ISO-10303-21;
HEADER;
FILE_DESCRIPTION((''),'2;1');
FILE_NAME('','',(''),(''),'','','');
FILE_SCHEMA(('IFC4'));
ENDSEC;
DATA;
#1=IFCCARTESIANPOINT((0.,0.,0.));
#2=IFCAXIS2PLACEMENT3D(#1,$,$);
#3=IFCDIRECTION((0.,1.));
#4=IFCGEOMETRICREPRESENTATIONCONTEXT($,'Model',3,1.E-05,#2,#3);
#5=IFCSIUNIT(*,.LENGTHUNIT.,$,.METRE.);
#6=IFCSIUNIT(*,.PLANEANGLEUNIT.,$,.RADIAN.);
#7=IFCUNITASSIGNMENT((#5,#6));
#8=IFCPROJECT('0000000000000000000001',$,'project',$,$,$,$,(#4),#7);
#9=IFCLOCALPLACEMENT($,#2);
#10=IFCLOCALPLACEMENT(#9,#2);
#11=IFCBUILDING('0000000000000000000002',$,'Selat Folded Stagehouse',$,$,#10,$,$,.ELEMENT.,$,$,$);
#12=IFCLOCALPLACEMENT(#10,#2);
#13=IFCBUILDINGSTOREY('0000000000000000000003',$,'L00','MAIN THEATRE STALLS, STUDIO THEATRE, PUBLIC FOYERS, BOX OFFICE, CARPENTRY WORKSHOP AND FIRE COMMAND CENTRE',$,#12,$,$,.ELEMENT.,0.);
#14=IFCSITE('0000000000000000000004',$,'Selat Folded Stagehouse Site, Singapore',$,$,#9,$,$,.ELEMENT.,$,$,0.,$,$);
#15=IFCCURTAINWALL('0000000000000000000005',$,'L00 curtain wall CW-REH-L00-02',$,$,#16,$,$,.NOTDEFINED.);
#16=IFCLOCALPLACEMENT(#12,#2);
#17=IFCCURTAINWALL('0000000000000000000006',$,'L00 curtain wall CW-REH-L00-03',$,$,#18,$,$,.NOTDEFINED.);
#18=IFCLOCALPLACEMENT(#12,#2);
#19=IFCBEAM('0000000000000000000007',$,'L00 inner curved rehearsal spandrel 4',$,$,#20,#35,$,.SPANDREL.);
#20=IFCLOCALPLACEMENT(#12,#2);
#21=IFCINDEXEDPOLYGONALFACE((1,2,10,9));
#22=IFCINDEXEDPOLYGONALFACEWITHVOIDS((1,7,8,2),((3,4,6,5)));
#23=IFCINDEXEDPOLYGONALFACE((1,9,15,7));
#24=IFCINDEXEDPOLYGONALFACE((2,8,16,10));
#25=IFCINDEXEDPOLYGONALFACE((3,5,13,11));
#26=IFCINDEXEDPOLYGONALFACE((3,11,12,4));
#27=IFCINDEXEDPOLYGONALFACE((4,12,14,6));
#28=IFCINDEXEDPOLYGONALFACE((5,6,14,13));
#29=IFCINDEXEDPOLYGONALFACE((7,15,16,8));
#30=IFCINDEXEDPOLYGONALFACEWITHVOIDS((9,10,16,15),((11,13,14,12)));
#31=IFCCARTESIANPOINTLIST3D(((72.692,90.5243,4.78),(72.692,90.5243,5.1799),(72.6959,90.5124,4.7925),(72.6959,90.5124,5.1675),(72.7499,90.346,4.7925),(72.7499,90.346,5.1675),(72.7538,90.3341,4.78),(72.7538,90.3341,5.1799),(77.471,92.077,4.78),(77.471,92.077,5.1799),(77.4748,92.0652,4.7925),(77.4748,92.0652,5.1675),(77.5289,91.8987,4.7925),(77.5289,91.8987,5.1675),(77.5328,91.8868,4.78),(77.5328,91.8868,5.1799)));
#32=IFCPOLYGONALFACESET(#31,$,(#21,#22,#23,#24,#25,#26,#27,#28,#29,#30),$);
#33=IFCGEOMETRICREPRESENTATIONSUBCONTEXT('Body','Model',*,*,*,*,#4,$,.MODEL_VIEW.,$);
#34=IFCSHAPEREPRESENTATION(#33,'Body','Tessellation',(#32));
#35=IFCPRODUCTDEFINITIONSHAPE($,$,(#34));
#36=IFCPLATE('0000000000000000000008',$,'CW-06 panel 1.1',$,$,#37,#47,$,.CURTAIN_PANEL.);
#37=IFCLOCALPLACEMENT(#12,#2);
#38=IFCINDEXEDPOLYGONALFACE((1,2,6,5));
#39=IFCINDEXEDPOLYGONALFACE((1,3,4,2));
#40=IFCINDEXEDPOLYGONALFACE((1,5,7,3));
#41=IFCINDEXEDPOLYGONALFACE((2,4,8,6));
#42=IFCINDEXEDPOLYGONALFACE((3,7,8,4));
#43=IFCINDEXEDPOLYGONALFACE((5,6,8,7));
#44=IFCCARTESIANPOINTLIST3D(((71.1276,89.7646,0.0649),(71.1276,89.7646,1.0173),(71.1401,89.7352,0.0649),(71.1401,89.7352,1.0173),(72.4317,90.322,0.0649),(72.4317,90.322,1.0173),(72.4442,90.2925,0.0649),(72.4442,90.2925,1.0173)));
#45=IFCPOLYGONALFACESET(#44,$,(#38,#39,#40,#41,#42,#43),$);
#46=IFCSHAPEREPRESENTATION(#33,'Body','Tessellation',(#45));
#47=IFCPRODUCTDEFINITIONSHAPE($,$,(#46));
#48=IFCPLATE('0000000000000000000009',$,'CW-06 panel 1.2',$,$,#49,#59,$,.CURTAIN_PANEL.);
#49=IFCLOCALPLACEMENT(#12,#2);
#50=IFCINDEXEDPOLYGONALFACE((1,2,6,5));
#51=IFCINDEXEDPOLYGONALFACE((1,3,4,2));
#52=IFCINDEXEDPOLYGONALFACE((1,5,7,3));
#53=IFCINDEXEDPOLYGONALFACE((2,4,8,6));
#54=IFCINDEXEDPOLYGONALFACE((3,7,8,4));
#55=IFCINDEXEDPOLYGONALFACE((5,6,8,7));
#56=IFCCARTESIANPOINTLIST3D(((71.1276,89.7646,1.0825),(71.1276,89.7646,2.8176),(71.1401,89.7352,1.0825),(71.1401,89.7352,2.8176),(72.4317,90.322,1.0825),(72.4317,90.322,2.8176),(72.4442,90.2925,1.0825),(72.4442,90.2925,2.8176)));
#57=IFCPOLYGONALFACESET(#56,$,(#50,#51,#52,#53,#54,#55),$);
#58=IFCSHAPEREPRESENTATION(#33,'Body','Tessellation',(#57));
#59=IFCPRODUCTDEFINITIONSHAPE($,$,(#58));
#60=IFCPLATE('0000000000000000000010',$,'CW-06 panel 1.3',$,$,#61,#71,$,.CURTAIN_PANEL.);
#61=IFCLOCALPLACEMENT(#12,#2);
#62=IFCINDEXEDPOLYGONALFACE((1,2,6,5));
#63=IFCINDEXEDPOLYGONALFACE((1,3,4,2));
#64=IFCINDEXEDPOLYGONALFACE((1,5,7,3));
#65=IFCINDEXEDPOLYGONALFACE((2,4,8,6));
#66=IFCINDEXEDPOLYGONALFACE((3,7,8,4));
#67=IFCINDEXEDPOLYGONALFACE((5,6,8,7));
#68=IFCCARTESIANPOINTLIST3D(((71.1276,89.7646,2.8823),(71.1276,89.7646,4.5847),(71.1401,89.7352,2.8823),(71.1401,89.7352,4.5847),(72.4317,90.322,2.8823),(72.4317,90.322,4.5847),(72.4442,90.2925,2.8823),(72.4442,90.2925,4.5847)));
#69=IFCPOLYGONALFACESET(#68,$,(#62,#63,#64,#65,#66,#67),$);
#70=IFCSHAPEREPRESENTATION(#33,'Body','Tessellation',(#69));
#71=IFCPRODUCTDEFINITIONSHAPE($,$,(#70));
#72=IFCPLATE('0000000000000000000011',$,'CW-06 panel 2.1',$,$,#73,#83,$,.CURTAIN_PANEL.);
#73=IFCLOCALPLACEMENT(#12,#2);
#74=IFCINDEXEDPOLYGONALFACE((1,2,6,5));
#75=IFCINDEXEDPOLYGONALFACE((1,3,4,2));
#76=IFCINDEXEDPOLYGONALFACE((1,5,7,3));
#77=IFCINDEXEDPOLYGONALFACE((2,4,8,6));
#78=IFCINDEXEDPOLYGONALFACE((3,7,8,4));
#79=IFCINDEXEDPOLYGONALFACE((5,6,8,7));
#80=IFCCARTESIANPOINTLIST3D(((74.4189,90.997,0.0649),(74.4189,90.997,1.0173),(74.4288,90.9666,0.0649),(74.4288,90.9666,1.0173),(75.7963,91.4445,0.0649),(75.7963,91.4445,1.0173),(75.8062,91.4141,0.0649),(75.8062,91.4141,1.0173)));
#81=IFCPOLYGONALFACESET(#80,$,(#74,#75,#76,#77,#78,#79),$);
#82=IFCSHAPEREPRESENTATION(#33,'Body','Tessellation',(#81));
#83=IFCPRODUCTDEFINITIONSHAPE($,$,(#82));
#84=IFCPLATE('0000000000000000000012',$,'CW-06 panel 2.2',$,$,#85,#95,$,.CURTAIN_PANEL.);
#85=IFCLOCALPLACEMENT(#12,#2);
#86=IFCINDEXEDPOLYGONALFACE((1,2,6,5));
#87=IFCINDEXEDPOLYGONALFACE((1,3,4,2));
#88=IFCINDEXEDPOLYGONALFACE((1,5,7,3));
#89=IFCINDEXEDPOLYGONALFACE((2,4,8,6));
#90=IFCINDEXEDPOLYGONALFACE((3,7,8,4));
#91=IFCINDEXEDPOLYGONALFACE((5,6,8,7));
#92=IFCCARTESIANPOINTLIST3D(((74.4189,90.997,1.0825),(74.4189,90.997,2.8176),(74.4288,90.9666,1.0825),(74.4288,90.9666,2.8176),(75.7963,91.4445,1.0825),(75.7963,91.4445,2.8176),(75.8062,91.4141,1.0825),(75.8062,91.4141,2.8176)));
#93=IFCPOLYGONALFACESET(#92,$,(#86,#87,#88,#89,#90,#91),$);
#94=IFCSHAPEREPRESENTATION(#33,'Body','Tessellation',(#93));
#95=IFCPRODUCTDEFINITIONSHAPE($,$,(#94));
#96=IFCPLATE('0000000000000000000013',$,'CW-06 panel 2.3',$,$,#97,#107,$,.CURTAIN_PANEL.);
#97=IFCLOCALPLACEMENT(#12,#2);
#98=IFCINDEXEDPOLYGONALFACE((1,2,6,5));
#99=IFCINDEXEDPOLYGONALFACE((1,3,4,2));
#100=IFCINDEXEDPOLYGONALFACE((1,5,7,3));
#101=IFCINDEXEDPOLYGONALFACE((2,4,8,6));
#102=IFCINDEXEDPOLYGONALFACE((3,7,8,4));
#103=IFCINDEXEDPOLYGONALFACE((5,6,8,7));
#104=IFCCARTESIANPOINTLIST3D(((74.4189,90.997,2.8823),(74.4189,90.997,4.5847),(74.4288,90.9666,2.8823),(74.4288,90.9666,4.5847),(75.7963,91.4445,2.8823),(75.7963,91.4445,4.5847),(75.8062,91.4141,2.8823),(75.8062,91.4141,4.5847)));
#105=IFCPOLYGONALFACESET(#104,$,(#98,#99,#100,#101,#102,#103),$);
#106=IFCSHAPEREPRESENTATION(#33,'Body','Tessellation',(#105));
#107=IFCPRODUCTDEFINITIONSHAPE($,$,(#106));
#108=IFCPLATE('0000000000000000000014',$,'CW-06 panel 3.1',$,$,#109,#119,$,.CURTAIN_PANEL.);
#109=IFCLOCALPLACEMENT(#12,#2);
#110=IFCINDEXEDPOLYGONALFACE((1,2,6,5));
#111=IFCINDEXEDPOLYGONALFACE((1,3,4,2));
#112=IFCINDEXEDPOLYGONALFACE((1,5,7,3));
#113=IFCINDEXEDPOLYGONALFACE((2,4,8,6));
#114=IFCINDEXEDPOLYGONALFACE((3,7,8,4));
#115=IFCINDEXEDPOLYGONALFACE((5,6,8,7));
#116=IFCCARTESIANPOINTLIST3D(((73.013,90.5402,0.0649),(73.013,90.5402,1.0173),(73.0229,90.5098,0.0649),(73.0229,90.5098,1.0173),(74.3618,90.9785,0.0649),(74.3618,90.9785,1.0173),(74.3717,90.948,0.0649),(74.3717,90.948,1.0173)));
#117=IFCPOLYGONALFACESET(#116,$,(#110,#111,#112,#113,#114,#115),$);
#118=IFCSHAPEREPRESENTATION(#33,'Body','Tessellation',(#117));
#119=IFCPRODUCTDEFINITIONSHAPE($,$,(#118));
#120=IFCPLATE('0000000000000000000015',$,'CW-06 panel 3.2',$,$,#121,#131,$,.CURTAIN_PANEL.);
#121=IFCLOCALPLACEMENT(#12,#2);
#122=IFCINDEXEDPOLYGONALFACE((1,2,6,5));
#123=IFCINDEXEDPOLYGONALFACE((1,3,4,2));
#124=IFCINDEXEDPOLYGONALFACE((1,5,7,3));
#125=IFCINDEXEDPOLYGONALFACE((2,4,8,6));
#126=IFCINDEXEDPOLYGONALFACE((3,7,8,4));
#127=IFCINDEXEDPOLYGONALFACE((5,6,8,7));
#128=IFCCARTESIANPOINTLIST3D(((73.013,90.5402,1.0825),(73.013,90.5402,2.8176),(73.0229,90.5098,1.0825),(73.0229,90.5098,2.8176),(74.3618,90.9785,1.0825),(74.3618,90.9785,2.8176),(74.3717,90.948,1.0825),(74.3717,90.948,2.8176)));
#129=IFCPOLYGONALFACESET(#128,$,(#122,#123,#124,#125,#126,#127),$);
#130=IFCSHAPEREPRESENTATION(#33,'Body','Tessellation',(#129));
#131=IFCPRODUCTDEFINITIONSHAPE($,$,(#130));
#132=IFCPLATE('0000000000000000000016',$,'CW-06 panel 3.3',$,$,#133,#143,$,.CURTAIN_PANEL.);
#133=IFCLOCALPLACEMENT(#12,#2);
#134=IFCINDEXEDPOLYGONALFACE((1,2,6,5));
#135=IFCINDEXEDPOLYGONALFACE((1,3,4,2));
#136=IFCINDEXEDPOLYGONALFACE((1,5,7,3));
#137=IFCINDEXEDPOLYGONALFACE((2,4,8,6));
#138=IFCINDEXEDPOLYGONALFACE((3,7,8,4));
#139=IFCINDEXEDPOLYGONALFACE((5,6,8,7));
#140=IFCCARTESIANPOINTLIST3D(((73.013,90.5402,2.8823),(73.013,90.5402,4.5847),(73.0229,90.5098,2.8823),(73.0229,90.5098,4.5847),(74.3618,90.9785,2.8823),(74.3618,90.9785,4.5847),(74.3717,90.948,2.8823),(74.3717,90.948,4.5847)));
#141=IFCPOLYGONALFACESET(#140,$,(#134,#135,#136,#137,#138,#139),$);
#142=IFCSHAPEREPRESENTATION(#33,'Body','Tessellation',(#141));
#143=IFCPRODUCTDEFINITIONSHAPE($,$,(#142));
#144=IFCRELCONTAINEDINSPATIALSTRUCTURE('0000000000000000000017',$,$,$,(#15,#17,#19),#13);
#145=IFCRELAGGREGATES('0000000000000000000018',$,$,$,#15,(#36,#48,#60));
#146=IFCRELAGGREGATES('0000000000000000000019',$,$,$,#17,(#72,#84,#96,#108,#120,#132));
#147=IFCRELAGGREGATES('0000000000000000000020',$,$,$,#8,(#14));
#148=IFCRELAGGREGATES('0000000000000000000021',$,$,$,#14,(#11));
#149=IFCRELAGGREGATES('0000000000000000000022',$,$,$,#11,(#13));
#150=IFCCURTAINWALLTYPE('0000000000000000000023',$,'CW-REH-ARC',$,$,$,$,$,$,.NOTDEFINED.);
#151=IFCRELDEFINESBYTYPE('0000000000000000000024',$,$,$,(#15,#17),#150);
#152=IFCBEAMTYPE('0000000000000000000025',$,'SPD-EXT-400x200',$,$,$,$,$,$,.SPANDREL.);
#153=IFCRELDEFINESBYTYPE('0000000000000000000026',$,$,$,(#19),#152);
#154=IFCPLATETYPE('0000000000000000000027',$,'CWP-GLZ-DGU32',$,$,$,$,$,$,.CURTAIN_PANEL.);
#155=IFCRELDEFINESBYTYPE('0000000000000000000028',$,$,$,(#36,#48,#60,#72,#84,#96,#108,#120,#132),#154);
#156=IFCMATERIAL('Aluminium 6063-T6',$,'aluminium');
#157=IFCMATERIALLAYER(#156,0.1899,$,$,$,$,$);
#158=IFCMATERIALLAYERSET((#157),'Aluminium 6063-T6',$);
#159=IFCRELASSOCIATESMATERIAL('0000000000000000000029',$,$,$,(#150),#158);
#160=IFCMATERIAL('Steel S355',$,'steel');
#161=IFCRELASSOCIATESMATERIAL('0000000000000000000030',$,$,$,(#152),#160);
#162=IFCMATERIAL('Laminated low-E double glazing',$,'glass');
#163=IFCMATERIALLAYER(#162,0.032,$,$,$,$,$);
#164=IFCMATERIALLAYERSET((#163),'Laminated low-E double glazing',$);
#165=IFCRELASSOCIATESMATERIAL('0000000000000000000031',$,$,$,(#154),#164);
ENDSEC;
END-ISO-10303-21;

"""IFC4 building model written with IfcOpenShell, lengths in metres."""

from ifc_helpers import new_model, si_unit, direction, frame, origin, origin_2d, place, context, subcontext, project, spatial, rectangle, hollow_rectangle, extrude, material, layer, layer_set, material_profile, profile_set, type_object, element, aggregate, save


model = new_model("IFC4")

# Units and contexts
model_context = context("Model", 3, precision=1e-05, world=origin(), true_north=direction((0.0, 1.0)))
body_context = subcontext(model_context, "Body", "Model", "MODEL_VIEW")
ifc_project = project(units=[si_unit("LENGTHUNIT", "METRE"), si_unit("PLANEANGLEUNIT", "RADIAN")], contexts=[model_context])

# Site, building, storey
site_placement = place(None, origin())
site = spatial("IfcSite", under=ifc_project, at=site_placement, Name="Selat Folded Stagehouse Site, Singapore", CompositionType="ELEMENT", RefElevation=0.0)
building_placement = place(site_placement, origin())
building = spatial("IfcBuilding", under=site, at=building_placement, Name="Selat Folded Stagehouse", CompositionType="ELEMENT")
storey_placement = place(building_placement, origin())
storey = spatial("IfcBuildingStorey", under=building, at=storey_placement, Name="L00", Description="MAIN THEATRE STALLS, STUDIO THEATRE, PUBLIC FOYERS, BOX OFFICE, CARPENTRY WORKSHOP AND FIRE COMMAND CENTRE", CompositionType="ELEMENT", Elevation=0.0)

# Shared definitions
ifc_material_1 = material(Name="Steel S355", Category="steel")

# Curtain walls
ifc_material_2 = material(Name="Aluminium 6063-T6", Category="aluminium")
ifc_layer_1 = layer(ifc_material_2, 0.1899)
ifc_layer_set_1 = layer_set([ifc_layer_1], Name="Aluminium 6063-T6")
curtain_wall_type = type_object("IfcCurtainWallType", Name="CW-REH-ARC", PredefinedType="NOTDEFINED", material=ifc_layer_set_1)
curtain_wall_1_placement = place(storey_placement, origin())
curtain_wall_1 = element("IfcCurtainWall", 1, at=curtain_wall_1_placement, inside=storey, type_object=curtain_wall_type, Name="L00 curtain wall CW-REH-L00-02", PredefinedType="NOTDEFINED")
curtain_wall_2_placement = place(storey_placement, origin())
curtain_wall_2 = element("IfcCurtainWall", 2, at=curtain_wall_2_placement, inside=storey, type_object=curtain_wall_type, Name="L00 curtain wall CW-REH-L00-03", PredefinedType="NOTDEFINED")

# Beam
ifc_material_profile_1 = material_profile(ifc_material_1, hollow_rectangle(XDim=0.2, YDim=0.3999, WallThickness=0.0125, at=origin_2d()), Name="RHS 400x200x12.5")
ifc_profile_set_1 = profile_set([ifc_material_profile_1], Name="Steel S355")
beam_type_1 = type_object("IfcBeamType", Name="SPD-EXT-400x200", PredefinedType="SPANDREL", material=ifc_profile_set_1)
beam_1_placement = place(storey_placement, frame((72.7229, 90.4292, 4.98), z_axis=(0.951061, 0.309004, 0.0), x_axis=(-0.309004, 0.951061, 0.0)))
element("IfcBeam", 3, at=beam_1_placement, inside=storey, type_object=beam_type_1, Name="L00 inner curved rehearsal spandrel 4", PredefinedType="SPANDREL", context=body_context, shape_type="SweptSolid", body=[
    extrude(hollow_rectangle(XDim=0.2, YDim=0.3999, WallThickness=0.0125, at=origin_2d()), origin(), (0.0, 0.0, 1.0), 5.0249),
])

# Plates
ifc_material_3 = material(Name="Laminated low-E double glazing", Category="glass")
ifc_layer_2 = layer(ifc_material_3, 0.032)
ifc_layer_set_2 = layer_set([ifc_layer_2], Name="Laminated low-E double glazing")
plate_type = type_object("IfcPlateType", Name="CWP-GLZ-DGU32", PredefinedType="CURTAIN_PANEL", material=ifc_layer_set_2)
plate_1_placement = place(storey_placement, frame((71.7859, 90.0286, 0.0649), z_axis=(0.0, 0.0, 1.0), x_axis=(-0.919533, -0.393012, 0.0)))
plate_1 = element("IfcPlate", 4, at=plate_1_placement, type_object=plate_type, Name="CW-06 panel 1.1", PredefinedType="CURTAIN_PANEL", context=body_context, shape_type="SweptSolid", body=[
    extrude(rectangle(XDim=1.4182, YDim=0.032, at=origin_2d()), origin(), (0.0, 0.0, 1.0), 0.9524),
])
plate_2_placement = place(storey_placement, frame((71.7859, 90.0286, 1.0825), z_axis=(0.0, 0.0, 1.0), x_axis=(-0.919533, -0.393012, 0.0)))
plate_2 = element("IfcPlate", 5, at=plate_2_placement, type_object=plate_type, Name="CW-06 panel 1.2", PredefinedType="CURTAIN_PANEL", context=body_context, shape_type="SweptSolid", body=[
    extrude(rectangle(XDim=1.4182, YDim=0.032, at=origin_2d()), origin(), (0.0, 0.0, 1.0), 1.7351),
])
plate_3_placement = place(storey_placement, frame((71.7859, 90.0286, 2.8823), z_axis=(0.0, 0.0, 1.0), x_axis=(-0.919533, -0.393012, 0.0)))
plate_3 = element("IfcPlate", 6, at=plate_3_placement, type_object=plate_type, Name="CW-06 panel 1.3", PredefinedType="CURTAIN_PANEL", context=body_context, shape_type="SweptSolid", body=[
    extrude(rectangle(XDim=1.4182, YDim=0.032, at=origin_2d()), origin(), (0.0, 0.0, 1.0), 1.7024),
])
aggregate(curtain_wall_1, [plate_1, plate_2, plate_3])
plate_4_placement = place(storey_placement, frame((75.1125, 91.2056, 0.0649), z_axis=(0.0, 0.0, 1.0), x_axis=(-0.951065, -0.308992, 0.0)))
plate_4 = element("IfcPlate", 7, at=plate_4_placement, type_object=plate_type, Name="CW-06 panel 2.1", PredefinedType="CURTAIN_PANEL", context=body_context, shape_type="SweptSolid", body=[
    extrude(rectangle(XDim=1.4482, YDim=0.032, at=origin_2d()), origin(), (0.0, 0.0, 1.0), 0.9524),
])
plate_5_placement = place(storey_placement, frame((75.1125, 91.2056, 1.0825), z_axis=(0.0, 0.0, 1.0), x_axis=(-0.951065, -0.308992, 0.0)))
plate_5 = element("IfcPlate", 8, at=plate_5_placement, type_object=plate_type, Name="CW-06 panel 2.2", PredefinedType="CURTAIN_PANEL", context=body_context, shape_type="SweptSolid", body=[
    extrude(rectangle(XDim=1.4482, YDim=0.032, at=origin_2d()), origin(), (0.0, 0.0, 1.0), 1.7351),
])
plate_6_placement = place(storey_placement, frame((75.1125, 91.2056, 2.8823), z_axis=(0.0, 0.0, 1.0), x_axis=(-0.951065, -0.308992, 0.0)))
plate_6 = element("IfcPlate", 9, at=plate_6_placement, type_object=plate_type, Name="CW-06 panel 2.3", PredefinedType="CURTAIN_PANEL", context=body_context, shape_type="SweptSolid", body=[
    extrude(rectangle(XDim=1.4482, YDim=0.032, at=origin_2d()), origin(), (0.0, 0.0, 1.0), 1.7024),
])
plate_7_placement = place(storey_placement, frame((73.6924, 90.7441, 0.0649), z_axis=(0.0, 0.0, 1.0), x_axis=(-0.951065, -0.308992, 0.0)))
plate_7 = element("IfcPlate", 10, at=plate_7_placement, type_object=plate_type, Name="CW-06 panel 3.1", PredefinedType="CURTAIN_PANEL", context=body_context, shape_type="SweptSolid", body=[
    extrude(rectangle(XDim=1.4182, YDim=0.032, at=origin_2d()), origin(), (0.0, 0.0, 1.0), 0.9524),
])
plate_8_placement = place(storey_placement, frame((73.6924, 90.7441, 1.0825), z_axis=(0.0, 0.0, 1.0), x_axis=(-0.951065, -0.308992, 0.0)))
plate_8 = element("IfcPlate", 11, at=plate_8_placement, type_object=plate_type, Name="CW-06 panel 3.2", PredefinedType="CURTAIN_PANEL", context=body_context, shape_type="SweptSolid", body=[
    extrude(rectangle(XDim=1.4182, YDim=0.032, at=origin_2d()), origin(), (0.0, 0.0, 1.0), 1.7351),
])
plate_9_placement = place(storey_placement, frame((73.6924, 90.7441, 2.8823), z_axis=(0.0, 0.0, 1.0), x_axis=(-0.951065, -0.308992, 0.0)))
plate_9 = element("IfcPlate", 12, at=plate_9_placement, type_object=plate_type, Name="CW-06 panel 3.3", PredefinedType="CURTAIN_PANEL", context=body_context, shape_type="SweptSolid", body=[
    extrude(rectangle(XDim=1.4182, YDim=0.032, at=origin_2d()), origin(), (0.0, 0.0, 1.0), 1.7024),
])
aggregate(curtain_wall_2, [plate_4, plate_5, plate_6, plate_7, plate_8, plate_9])

save(model, "model.ifc")
